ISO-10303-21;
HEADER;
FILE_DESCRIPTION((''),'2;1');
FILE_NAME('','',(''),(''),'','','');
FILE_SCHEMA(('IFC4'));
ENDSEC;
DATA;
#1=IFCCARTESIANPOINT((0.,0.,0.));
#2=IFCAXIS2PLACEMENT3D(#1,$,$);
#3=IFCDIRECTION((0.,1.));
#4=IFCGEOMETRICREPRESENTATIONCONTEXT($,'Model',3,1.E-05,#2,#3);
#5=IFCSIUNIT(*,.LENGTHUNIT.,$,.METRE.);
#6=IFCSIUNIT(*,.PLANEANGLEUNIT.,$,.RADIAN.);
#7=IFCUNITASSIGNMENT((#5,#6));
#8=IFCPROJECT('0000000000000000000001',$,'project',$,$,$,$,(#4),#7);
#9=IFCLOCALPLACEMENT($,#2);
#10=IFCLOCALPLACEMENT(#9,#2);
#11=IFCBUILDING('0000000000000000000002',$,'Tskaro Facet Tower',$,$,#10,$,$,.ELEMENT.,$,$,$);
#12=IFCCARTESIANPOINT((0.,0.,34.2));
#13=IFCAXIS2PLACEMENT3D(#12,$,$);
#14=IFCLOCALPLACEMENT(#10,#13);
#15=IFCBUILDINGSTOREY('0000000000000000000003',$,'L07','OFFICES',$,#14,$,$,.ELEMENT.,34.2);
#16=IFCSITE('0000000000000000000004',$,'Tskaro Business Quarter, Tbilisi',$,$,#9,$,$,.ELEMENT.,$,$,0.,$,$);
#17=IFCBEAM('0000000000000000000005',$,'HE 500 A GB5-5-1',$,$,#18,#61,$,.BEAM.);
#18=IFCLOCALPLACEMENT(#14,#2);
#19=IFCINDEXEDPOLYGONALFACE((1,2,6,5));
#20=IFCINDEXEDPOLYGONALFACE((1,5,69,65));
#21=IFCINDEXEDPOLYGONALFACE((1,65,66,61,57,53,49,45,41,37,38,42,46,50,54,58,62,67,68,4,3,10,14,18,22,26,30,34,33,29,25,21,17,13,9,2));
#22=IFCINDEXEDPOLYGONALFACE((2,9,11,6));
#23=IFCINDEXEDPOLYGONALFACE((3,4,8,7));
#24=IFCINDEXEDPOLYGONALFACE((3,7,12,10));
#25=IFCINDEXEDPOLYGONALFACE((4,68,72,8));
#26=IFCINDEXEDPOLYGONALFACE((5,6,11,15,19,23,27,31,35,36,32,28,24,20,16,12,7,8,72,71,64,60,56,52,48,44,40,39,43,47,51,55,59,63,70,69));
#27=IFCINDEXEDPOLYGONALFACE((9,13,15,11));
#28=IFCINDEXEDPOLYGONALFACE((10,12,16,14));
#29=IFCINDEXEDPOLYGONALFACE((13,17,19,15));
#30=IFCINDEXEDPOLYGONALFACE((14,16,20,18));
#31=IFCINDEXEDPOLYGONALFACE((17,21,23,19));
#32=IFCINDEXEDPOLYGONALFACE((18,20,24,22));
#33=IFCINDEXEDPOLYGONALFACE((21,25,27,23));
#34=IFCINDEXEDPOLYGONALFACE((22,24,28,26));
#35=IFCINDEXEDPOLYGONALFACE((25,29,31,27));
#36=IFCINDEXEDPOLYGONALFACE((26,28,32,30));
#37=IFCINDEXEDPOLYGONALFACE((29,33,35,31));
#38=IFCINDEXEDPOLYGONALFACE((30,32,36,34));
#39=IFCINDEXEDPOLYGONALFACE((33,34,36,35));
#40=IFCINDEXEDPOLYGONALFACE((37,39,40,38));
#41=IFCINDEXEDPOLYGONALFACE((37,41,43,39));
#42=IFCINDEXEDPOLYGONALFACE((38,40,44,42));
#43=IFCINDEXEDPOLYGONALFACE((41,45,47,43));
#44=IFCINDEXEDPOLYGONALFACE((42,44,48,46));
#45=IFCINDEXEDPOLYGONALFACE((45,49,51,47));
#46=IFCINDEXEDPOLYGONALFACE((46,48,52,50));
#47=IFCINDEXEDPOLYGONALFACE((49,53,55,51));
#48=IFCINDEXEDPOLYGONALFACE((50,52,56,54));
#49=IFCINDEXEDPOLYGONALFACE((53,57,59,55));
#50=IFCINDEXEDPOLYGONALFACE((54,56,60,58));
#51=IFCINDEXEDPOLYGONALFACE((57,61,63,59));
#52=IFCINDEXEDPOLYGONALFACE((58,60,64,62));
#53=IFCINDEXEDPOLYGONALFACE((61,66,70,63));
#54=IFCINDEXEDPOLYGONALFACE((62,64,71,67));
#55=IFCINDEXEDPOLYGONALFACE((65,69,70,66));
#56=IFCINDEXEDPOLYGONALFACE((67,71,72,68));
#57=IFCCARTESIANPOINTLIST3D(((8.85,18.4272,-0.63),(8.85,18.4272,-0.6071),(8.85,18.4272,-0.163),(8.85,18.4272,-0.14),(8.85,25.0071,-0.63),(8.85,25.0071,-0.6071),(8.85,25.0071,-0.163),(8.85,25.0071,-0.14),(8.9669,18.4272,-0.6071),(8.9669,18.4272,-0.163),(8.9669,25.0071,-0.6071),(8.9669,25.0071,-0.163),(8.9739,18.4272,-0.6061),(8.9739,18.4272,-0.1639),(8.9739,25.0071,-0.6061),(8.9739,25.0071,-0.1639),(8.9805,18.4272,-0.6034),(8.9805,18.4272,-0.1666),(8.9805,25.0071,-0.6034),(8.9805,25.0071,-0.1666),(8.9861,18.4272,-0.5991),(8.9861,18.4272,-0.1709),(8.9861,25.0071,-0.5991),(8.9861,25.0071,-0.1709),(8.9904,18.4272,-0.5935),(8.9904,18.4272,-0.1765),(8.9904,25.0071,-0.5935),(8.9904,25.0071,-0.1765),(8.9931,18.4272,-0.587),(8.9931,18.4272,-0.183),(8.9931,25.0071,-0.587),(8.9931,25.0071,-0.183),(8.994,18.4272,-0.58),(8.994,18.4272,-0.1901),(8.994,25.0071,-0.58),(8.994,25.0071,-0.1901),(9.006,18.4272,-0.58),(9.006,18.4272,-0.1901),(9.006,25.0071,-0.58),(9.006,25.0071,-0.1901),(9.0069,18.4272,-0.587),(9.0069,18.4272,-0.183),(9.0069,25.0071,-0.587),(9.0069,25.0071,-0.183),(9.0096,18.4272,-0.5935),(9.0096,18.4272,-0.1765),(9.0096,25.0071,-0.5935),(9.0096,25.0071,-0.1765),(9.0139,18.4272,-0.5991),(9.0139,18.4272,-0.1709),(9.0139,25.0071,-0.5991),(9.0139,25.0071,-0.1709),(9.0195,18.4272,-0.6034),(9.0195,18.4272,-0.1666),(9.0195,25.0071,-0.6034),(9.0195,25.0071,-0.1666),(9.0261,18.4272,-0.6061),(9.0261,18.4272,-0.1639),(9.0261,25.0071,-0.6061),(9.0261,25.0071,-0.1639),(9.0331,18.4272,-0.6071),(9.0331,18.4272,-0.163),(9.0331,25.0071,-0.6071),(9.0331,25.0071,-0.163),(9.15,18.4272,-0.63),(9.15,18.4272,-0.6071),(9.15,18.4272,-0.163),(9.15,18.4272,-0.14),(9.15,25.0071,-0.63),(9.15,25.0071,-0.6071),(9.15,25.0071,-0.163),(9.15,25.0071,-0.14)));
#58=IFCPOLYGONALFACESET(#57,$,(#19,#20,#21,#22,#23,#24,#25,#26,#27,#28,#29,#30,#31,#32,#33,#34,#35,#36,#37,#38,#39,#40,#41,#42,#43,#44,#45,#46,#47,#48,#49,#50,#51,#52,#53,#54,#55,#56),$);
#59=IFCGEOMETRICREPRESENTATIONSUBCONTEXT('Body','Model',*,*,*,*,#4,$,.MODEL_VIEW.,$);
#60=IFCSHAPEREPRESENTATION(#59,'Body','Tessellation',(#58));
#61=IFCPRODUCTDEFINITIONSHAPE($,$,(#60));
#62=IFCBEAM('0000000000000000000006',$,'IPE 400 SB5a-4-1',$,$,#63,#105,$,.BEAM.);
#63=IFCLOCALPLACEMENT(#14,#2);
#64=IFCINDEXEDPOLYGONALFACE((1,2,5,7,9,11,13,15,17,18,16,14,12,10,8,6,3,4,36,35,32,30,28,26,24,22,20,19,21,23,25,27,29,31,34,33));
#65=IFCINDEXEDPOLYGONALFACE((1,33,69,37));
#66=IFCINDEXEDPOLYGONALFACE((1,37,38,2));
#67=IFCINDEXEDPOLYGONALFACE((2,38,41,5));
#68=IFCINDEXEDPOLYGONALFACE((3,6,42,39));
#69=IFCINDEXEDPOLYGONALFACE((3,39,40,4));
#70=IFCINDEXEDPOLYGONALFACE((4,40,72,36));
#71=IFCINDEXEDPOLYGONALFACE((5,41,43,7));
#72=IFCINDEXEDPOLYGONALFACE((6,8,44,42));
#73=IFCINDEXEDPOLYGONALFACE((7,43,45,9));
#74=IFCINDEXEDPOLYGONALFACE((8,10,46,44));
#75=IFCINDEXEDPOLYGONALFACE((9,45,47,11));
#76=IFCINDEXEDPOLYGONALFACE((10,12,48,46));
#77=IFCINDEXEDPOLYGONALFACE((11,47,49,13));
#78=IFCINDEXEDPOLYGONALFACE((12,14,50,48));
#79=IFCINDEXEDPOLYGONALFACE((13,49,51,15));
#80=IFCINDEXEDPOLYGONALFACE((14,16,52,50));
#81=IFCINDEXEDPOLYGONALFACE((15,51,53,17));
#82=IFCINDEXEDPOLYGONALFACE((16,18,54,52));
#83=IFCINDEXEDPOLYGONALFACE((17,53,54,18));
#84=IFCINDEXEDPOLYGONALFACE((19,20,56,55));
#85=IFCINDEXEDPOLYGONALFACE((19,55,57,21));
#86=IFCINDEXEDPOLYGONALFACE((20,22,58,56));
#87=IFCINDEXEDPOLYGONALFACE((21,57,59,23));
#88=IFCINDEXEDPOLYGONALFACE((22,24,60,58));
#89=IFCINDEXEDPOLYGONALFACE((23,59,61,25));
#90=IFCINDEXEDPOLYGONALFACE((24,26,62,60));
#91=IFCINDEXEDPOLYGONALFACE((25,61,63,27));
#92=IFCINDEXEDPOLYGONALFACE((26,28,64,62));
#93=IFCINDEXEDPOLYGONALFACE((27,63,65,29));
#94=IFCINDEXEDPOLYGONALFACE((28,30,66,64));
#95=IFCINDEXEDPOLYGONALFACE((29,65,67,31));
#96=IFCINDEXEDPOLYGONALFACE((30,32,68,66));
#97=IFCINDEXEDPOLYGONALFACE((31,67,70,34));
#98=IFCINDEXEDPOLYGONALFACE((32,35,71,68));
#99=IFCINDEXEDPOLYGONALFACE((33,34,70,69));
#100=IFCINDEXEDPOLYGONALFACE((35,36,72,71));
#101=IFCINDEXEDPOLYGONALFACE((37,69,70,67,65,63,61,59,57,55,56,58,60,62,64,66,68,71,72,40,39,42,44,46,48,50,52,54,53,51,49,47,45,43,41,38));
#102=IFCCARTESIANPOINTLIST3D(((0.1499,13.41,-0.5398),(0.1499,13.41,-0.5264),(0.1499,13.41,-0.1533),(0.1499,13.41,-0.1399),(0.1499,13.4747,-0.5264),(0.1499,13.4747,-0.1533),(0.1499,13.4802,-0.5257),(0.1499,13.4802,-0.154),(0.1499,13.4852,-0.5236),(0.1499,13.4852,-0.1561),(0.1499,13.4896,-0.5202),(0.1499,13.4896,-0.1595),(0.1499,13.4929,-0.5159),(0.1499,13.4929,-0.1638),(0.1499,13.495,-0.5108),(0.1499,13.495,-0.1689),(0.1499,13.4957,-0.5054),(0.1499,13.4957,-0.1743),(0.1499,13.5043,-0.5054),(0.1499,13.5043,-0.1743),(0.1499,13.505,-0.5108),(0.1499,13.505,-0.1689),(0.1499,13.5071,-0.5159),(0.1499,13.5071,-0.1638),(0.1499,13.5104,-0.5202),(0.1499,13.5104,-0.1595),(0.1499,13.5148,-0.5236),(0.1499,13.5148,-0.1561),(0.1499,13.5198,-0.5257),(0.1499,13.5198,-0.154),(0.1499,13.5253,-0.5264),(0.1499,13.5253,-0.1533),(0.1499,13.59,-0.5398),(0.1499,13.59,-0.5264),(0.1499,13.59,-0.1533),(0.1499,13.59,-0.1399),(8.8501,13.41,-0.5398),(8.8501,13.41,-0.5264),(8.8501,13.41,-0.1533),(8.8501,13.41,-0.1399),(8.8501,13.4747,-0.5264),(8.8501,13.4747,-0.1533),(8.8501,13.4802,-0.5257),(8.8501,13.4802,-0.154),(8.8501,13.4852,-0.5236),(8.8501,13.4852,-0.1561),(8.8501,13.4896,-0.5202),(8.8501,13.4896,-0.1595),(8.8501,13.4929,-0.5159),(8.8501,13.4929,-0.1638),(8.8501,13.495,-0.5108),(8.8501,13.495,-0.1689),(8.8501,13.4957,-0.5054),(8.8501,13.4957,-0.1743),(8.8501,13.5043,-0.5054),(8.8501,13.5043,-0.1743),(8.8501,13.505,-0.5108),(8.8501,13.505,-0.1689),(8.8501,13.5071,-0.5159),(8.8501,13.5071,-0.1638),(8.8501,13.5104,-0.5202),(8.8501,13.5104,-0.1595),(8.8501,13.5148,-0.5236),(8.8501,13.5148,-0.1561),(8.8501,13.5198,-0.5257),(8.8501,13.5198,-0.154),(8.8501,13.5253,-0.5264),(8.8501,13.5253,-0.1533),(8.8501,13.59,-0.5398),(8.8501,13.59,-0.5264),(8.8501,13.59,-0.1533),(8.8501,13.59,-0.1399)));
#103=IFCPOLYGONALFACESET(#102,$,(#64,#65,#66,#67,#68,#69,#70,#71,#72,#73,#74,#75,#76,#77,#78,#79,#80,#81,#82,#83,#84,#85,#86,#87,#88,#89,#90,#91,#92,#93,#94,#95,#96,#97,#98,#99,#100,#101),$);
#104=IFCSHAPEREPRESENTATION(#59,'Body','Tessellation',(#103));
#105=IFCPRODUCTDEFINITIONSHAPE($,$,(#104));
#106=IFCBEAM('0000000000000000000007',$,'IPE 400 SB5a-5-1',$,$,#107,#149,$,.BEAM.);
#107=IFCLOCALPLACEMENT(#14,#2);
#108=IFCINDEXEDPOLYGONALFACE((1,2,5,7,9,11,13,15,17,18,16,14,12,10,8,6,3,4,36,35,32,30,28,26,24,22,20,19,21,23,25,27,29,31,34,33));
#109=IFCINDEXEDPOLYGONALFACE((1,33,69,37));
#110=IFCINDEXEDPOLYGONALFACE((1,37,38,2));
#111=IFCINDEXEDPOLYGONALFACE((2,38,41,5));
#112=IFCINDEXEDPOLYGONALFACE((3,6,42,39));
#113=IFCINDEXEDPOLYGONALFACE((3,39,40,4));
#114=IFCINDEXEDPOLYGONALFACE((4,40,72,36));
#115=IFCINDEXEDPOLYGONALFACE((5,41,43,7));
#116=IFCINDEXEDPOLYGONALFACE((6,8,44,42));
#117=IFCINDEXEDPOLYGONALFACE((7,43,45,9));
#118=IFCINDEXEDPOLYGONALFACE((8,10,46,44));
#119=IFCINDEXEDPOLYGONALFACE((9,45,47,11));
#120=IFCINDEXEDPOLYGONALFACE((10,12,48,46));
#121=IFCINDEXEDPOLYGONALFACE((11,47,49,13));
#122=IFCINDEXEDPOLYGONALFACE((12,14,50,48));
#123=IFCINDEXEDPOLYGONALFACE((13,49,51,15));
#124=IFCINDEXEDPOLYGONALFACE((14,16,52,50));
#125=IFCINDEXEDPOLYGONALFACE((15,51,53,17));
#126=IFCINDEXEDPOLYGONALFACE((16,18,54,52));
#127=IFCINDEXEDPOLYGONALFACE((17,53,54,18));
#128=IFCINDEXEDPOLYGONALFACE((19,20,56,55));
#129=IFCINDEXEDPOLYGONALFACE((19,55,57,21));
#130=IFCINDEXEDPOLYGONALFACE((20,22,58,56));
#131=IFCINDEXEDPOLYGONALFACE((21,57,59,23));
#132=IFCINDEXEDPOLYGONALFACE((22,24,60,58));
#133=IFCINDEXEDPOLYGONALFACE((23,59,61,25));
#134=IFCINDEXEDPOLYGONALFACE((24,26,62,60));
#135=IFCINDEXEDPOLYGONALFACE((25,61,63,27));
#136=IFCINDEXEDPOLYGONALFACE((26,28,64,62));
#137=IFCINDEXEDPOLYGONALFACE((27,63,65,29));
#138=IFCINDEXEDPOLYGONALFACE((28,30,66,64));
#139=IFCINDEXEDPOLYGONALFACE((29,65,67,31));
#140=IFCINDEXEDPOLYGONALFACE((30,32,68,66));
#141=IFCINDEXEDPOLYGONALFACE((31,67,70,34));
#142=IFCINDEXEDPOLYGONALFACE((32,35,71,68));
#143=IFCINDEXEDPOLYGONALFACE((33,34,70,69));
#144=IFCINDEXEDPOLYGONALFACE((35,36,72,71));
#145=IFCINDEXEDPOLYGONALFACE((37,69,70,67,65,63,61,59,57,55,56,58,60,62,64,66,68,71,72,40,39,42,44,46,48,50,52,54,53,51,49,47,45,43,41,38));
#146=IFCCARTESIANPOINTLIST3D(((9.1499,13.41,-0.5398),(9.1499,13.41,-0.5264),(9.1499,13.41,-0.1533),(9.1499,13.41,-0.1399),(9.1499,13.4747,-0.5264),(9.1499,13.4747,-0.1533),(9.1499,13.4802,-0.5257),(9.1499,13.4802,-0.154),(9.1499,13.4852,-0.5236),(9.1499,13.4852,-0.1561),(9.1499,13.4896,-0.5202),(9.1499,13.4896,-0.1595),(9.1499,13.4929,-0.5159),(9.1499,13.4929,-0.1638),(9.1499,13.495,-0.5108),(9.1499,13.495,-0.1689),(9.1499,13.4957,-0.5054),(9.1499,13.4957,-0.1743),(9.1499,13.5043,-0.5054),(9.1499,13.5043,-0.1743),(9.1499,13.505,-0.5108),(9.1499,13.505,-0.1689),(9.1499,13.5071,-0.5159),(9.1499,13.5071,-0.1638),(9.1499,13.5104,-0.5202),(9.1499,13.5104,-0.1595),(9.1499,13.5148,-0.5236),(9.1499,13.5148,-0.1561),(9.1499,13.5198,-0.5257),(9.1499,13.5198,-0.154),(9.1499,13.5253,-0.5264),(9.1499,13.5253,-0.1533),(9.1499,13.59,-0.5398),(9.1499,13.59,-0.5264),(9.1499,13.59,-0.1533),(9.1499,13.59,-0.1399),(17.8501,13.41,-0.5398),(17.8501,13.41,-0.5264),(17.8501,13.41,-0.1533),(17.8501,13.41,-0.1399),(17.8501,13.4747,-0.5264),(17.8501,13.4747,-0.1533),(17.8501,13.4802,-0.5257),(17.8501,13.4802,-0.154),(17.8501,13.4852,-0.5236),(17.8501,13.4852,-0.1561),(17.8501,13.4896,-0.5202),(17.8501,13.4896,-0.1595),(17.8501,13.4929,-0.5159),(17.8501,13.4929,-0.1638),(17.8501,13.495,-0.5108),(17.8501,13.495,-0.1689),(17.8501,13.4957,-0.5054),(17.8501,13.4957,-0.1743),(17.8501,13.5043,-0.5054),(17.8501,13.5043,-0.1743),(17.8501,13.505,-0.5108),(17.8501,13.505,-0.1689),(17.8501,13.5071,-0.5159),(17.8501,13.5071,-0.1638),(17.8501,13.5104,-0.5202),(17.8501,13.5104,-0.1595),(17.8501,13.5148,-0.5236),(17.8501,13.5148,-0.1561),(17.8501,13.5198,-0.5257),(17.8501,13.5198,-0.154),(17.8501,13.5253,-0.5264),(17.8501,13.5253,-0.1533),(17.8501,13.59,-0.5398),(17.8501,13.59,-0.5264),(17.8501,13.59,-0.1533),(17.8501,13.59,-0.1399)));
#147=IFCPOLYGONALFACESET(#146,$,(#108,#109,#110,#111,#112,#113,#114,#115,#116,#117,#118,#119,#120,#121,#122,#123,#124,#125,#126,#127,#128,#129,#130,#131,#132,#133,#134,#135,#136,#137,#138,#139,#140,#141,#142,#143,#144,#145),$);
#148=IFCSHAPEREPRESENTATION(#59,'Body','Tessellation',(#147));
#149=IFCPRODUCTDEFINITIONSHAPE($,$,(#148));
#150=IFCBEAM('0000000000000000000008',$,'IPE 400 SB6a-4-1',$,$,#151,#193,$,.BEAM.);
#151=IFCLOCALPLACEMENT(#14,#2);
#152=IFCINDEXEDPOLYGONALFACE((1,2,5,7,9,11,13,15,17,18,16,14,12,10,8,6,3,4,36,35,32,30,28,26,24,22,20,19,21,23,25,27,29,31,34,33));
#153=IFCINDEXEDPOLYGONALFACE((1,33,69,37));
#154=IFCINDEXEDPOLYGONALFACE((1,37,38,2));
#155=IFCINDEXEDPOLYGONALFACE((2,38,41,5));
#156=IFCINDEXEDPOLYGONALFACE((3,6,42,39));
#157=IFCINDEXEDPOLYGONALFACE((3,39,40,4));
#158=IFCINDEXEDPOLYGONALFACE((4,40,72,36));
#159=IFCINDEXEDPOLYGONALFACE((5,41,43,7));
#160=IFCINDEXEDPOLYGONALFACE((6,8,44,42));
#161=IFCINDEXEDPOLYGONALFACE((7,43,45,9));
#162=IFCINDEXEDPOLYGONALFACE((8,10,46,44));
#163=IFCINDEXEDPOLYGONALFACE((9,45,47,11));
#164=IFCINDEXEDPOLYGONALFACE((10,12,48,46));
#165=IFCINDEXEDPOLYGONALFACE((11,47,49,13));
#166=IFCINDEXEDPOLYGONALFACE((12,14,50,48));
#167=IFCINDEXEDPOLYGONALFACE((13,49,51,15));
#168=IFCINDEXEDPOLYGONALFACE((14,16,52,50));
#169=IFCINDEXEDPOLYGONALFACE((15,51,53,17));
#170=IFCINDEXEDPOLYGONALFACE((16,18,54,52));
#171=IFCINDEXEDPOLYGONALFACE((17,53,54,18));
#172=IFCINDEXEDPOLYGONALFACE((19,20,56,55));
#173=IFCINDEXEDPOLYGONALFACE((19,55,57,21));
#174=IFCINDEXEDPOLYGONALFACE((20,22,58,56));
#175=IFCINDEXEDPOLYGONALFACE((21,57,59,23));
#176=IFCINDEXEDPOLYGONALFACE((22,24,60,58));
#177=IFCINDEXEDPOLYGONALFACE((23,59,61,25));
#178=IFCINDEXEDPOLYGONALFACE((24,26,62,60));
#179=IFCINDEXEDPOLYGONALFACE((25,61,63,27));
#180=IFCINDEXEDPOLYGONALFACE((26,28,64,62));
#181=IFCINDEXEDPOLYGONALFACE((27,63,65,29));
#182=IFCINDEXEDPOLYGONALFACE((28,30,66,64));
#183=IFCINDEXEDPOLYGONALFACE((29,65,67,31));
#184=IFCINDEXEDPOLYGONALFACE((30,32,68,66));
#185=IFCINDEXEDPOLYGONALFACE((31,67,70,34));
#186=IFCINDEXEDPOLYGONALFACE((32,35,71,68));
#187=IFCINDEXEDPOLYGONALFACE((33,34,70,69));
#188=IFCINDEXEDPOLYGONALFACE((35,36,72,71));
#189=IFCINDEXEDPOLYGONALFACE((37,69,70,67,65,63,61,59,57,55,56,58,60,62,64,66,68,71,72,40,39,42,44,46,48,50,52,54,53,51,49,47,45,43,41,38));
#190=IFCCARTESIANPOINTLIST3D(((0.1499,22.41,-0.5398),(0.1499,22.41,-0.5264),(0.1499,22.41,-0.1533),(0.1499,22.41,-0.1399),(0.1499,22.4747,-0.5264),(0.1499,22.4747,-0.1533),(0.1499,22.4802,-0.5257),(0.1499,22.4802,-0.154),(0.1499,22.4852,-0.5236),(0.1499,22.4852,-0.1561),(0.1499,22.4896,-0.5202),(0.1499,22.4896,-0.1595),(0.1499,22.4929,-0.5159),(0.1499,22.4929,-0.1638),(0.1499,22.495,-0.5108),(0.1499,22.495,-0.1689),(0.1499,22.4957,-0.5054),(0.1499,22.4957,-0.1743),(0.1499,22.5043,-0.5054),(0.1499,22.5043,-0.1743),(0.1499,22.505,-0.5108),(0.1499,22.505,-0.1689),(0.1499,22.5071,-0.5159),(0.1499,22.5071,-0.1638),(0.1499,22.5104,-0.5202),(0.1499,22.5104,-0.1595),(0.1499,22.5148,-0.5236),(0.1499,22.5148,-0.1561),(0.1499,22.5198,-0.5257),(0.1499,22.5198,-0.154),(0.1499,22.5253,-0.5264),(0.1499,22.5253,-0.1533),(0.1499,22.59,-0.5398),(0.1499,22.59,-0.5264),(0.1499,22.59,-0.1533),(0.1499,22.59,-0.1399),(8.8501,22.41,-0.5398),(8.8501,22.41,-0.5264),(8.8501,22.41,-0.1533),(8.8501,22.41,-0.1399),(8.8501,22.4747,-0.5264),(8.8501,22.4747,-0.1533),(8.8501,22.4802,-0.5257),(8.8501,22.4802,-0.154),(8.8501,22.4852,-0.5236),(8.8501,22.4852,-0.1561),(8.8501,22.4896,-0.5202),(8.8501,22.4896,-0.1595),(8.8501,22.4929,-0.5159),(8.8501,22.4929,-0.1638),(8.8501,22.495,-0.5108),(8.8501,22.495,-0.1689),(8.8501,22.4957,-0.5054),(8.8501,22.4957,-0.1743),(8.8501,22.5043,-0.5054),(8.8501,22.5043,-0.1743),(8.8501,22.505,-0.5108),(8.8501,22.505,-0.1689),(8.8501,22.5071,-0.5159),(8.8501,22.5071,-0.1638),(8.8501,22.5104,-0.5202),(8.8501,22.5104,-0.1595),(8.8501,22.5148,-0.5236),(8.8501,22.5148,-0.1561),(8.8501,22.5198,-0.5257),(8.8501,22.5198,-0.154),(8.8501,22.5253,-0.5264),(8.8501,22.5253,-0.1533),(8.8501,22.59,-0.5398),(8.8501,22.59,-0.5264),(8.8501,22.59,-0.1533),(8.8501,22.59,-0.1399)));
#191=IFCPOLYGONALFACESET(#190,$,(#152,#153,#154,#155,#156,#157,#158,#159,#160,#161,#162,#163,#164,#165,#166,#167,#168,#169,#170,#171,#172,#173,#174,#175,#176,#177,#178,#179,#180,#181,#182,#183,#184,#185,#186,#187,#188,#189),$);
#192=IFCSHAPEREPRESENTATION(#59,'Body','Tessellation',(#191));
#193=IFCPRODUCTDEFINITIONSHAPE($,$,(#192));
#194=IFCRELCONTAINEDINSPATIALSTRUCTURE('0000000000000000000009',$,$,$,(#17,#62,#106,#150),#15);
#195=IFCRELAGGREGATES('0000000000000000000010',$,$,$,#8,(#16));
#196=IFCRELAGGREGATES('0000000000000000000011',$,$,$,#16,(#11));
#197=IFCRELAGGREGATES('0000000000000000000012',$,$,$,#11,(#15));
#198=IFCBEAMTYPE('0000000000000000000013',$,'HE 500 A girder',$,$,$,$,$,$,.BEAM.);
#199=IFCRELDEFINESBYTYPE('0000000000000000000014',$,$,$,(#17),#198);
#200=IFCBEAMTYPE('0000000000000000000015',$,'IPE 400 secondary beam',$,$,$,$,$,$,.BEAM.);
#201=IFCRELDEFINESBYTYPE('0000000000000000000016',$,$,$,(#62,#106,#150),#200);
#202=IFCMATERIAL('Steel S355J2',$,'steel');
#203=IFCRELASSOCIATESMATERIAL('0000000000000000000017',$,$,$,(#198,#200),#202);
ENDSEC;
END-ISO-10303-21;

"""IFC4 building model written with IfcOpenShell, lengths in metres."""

from ifc_helpers import new_model, si_unit, direction, frame, origin, origin_2d, place, context, subcontext, project, spatial, i_section, extrude, material, material_profile, profile_set, type_object, element, save


model = new_model("IFC4")

# Units and contexts
model_context = context("Model", 3, precision=1e-05, world=origin(), true_north=direction((0.0, 1.0)))
body_context = subcontext(model_context, "Body", "Model", "MODEL_VIEW")
ifc_project = project(units=[si_unit("LENGTHUNIT", "METRE"), si_unit("PLANEANGLEUNIT", "RADIAN")], contexts=[model_context])

# Site, building, storey
site_placement = place(None, origin())
site = spatial("IfcSite", under=ifc_project, at=site_placement, Name="Tskaro Business Quarter, Tbilisi", CompositionType="ELEMENT", RefElevation=0.0)
building_placement = place(site_placement, origin())
building = spatial("IfcBuilding", under=site, at=building_placement, Name="Tskaro Facet Tower", CompositionType="ELEMENT")
storey_placement = place(building_placement, frame((0.0, 0.0, 34.2)))
storey = spatial("IfcBuildingStorey", under=building, at=storey_placement, Name="L07", Description="OFFICES", CompositionType="ELEMENT", Elevation=34.2)

# Beams
ifc_material_1 = material(Name="Steel S355J2", Category="steel")
ifc_material_profile_1 = material_profile(ifc_material_1, i_section(OverallWidth=0.3, OverallDepth=0.49, WebThickness=0.012, FlangeThickness=0.0229, FilletRadius=0.0271, at=origin_2d()), Name="HE 500 A")
ifc_profile_set_1 = profile_set([ifc_material_profile_1], Name="Steel S355J2")
beam_type_1 = type_object("IfcBeamType", Name="HE 500 A girder", PredefinedType="BEAM", material=ifc_profile_set_1)
for number, where, z_axis, x_axis, name in (
    (1, (9.0, 18.4272, -0.385), (0.0, 1.0, 0.0), (-1.0, 0.0, 0.0), "HE 500 A GB5-5-1"),
):
    element("IfcBeam", number, at=place(storey_placement, frame(where, z_axis=z_axis, x_axis=x_axis)), inside=storey, type_object=beam_type_1, Name=name, PredefinedType="BEAM", context=body_context, shape_type="SweptSolid", body=[
        extrude(i_section(OverallWidth=0.3, OverallDepth=0.49, WebThickness=0.012, FlangeThickness=0.0229, FilletRadius=0.0271, at=origin_2d()), origin(), (0.0, 0.0, 1.0), 6.5798),
    ])
ifc_material_profile_2 = material_profile(ifc_material_1, i_section(OverallWidth=0.1799, OverallDepth=0.3999, WebThickness=0.0085, FlangeThickness=0.0134, FilletRadius=0.021, at=origin_2d()), Name="IPE 400")
ifc_profile_set_2 = profile_set([ifc_material_profile_2], Name="Steel S355J2")
beam_type_2 = type_object("IfcBeamType", Name="IPE 400 secondary beam", PredefinedType="BEAM", material=ifc_profile_set_2)
for number, where, z_axis, x_axis, name in (
    (2, (0.1499, 13.5, -0.3398), (1.0, 0.0, 0.0), (0.0, 1.0, 0.0), "IPE 400 SB5a-4-1"),
    (3, (9.1499, 13.5, -0.3398), (1.0, 0.0, 0.0), (0.0, 1.0, 0.0), "IPE 400 SB5a-5-1"),
    (4, (0.1499, 22.5, -0.3398), (1.0, 0.0, 0.0), (0.0, 1.0, 0.0), "IPE 400 SB6a-4-1"),
):
    element("IfcBeam", number, at=place(storey_placement, frame(where, z_axis=z_axis, x_axis=x_axis)), inside=storey, type_object=beam_type_2, Name=name, PredefinedType="BEAM", context=body_context, shape_type="SweptSolid", body=[
        extrude(i_section(OverallWidth=0.1799, OverallDepth=0.3999, WebThickness=0.0085, FlangeThickness=0.0134, FilletRadius=0.021, at=origin_2d()), origin(), (0.0, 0.0, 1.0), 8.7002),
    ])

save(model, "model.ifc")
